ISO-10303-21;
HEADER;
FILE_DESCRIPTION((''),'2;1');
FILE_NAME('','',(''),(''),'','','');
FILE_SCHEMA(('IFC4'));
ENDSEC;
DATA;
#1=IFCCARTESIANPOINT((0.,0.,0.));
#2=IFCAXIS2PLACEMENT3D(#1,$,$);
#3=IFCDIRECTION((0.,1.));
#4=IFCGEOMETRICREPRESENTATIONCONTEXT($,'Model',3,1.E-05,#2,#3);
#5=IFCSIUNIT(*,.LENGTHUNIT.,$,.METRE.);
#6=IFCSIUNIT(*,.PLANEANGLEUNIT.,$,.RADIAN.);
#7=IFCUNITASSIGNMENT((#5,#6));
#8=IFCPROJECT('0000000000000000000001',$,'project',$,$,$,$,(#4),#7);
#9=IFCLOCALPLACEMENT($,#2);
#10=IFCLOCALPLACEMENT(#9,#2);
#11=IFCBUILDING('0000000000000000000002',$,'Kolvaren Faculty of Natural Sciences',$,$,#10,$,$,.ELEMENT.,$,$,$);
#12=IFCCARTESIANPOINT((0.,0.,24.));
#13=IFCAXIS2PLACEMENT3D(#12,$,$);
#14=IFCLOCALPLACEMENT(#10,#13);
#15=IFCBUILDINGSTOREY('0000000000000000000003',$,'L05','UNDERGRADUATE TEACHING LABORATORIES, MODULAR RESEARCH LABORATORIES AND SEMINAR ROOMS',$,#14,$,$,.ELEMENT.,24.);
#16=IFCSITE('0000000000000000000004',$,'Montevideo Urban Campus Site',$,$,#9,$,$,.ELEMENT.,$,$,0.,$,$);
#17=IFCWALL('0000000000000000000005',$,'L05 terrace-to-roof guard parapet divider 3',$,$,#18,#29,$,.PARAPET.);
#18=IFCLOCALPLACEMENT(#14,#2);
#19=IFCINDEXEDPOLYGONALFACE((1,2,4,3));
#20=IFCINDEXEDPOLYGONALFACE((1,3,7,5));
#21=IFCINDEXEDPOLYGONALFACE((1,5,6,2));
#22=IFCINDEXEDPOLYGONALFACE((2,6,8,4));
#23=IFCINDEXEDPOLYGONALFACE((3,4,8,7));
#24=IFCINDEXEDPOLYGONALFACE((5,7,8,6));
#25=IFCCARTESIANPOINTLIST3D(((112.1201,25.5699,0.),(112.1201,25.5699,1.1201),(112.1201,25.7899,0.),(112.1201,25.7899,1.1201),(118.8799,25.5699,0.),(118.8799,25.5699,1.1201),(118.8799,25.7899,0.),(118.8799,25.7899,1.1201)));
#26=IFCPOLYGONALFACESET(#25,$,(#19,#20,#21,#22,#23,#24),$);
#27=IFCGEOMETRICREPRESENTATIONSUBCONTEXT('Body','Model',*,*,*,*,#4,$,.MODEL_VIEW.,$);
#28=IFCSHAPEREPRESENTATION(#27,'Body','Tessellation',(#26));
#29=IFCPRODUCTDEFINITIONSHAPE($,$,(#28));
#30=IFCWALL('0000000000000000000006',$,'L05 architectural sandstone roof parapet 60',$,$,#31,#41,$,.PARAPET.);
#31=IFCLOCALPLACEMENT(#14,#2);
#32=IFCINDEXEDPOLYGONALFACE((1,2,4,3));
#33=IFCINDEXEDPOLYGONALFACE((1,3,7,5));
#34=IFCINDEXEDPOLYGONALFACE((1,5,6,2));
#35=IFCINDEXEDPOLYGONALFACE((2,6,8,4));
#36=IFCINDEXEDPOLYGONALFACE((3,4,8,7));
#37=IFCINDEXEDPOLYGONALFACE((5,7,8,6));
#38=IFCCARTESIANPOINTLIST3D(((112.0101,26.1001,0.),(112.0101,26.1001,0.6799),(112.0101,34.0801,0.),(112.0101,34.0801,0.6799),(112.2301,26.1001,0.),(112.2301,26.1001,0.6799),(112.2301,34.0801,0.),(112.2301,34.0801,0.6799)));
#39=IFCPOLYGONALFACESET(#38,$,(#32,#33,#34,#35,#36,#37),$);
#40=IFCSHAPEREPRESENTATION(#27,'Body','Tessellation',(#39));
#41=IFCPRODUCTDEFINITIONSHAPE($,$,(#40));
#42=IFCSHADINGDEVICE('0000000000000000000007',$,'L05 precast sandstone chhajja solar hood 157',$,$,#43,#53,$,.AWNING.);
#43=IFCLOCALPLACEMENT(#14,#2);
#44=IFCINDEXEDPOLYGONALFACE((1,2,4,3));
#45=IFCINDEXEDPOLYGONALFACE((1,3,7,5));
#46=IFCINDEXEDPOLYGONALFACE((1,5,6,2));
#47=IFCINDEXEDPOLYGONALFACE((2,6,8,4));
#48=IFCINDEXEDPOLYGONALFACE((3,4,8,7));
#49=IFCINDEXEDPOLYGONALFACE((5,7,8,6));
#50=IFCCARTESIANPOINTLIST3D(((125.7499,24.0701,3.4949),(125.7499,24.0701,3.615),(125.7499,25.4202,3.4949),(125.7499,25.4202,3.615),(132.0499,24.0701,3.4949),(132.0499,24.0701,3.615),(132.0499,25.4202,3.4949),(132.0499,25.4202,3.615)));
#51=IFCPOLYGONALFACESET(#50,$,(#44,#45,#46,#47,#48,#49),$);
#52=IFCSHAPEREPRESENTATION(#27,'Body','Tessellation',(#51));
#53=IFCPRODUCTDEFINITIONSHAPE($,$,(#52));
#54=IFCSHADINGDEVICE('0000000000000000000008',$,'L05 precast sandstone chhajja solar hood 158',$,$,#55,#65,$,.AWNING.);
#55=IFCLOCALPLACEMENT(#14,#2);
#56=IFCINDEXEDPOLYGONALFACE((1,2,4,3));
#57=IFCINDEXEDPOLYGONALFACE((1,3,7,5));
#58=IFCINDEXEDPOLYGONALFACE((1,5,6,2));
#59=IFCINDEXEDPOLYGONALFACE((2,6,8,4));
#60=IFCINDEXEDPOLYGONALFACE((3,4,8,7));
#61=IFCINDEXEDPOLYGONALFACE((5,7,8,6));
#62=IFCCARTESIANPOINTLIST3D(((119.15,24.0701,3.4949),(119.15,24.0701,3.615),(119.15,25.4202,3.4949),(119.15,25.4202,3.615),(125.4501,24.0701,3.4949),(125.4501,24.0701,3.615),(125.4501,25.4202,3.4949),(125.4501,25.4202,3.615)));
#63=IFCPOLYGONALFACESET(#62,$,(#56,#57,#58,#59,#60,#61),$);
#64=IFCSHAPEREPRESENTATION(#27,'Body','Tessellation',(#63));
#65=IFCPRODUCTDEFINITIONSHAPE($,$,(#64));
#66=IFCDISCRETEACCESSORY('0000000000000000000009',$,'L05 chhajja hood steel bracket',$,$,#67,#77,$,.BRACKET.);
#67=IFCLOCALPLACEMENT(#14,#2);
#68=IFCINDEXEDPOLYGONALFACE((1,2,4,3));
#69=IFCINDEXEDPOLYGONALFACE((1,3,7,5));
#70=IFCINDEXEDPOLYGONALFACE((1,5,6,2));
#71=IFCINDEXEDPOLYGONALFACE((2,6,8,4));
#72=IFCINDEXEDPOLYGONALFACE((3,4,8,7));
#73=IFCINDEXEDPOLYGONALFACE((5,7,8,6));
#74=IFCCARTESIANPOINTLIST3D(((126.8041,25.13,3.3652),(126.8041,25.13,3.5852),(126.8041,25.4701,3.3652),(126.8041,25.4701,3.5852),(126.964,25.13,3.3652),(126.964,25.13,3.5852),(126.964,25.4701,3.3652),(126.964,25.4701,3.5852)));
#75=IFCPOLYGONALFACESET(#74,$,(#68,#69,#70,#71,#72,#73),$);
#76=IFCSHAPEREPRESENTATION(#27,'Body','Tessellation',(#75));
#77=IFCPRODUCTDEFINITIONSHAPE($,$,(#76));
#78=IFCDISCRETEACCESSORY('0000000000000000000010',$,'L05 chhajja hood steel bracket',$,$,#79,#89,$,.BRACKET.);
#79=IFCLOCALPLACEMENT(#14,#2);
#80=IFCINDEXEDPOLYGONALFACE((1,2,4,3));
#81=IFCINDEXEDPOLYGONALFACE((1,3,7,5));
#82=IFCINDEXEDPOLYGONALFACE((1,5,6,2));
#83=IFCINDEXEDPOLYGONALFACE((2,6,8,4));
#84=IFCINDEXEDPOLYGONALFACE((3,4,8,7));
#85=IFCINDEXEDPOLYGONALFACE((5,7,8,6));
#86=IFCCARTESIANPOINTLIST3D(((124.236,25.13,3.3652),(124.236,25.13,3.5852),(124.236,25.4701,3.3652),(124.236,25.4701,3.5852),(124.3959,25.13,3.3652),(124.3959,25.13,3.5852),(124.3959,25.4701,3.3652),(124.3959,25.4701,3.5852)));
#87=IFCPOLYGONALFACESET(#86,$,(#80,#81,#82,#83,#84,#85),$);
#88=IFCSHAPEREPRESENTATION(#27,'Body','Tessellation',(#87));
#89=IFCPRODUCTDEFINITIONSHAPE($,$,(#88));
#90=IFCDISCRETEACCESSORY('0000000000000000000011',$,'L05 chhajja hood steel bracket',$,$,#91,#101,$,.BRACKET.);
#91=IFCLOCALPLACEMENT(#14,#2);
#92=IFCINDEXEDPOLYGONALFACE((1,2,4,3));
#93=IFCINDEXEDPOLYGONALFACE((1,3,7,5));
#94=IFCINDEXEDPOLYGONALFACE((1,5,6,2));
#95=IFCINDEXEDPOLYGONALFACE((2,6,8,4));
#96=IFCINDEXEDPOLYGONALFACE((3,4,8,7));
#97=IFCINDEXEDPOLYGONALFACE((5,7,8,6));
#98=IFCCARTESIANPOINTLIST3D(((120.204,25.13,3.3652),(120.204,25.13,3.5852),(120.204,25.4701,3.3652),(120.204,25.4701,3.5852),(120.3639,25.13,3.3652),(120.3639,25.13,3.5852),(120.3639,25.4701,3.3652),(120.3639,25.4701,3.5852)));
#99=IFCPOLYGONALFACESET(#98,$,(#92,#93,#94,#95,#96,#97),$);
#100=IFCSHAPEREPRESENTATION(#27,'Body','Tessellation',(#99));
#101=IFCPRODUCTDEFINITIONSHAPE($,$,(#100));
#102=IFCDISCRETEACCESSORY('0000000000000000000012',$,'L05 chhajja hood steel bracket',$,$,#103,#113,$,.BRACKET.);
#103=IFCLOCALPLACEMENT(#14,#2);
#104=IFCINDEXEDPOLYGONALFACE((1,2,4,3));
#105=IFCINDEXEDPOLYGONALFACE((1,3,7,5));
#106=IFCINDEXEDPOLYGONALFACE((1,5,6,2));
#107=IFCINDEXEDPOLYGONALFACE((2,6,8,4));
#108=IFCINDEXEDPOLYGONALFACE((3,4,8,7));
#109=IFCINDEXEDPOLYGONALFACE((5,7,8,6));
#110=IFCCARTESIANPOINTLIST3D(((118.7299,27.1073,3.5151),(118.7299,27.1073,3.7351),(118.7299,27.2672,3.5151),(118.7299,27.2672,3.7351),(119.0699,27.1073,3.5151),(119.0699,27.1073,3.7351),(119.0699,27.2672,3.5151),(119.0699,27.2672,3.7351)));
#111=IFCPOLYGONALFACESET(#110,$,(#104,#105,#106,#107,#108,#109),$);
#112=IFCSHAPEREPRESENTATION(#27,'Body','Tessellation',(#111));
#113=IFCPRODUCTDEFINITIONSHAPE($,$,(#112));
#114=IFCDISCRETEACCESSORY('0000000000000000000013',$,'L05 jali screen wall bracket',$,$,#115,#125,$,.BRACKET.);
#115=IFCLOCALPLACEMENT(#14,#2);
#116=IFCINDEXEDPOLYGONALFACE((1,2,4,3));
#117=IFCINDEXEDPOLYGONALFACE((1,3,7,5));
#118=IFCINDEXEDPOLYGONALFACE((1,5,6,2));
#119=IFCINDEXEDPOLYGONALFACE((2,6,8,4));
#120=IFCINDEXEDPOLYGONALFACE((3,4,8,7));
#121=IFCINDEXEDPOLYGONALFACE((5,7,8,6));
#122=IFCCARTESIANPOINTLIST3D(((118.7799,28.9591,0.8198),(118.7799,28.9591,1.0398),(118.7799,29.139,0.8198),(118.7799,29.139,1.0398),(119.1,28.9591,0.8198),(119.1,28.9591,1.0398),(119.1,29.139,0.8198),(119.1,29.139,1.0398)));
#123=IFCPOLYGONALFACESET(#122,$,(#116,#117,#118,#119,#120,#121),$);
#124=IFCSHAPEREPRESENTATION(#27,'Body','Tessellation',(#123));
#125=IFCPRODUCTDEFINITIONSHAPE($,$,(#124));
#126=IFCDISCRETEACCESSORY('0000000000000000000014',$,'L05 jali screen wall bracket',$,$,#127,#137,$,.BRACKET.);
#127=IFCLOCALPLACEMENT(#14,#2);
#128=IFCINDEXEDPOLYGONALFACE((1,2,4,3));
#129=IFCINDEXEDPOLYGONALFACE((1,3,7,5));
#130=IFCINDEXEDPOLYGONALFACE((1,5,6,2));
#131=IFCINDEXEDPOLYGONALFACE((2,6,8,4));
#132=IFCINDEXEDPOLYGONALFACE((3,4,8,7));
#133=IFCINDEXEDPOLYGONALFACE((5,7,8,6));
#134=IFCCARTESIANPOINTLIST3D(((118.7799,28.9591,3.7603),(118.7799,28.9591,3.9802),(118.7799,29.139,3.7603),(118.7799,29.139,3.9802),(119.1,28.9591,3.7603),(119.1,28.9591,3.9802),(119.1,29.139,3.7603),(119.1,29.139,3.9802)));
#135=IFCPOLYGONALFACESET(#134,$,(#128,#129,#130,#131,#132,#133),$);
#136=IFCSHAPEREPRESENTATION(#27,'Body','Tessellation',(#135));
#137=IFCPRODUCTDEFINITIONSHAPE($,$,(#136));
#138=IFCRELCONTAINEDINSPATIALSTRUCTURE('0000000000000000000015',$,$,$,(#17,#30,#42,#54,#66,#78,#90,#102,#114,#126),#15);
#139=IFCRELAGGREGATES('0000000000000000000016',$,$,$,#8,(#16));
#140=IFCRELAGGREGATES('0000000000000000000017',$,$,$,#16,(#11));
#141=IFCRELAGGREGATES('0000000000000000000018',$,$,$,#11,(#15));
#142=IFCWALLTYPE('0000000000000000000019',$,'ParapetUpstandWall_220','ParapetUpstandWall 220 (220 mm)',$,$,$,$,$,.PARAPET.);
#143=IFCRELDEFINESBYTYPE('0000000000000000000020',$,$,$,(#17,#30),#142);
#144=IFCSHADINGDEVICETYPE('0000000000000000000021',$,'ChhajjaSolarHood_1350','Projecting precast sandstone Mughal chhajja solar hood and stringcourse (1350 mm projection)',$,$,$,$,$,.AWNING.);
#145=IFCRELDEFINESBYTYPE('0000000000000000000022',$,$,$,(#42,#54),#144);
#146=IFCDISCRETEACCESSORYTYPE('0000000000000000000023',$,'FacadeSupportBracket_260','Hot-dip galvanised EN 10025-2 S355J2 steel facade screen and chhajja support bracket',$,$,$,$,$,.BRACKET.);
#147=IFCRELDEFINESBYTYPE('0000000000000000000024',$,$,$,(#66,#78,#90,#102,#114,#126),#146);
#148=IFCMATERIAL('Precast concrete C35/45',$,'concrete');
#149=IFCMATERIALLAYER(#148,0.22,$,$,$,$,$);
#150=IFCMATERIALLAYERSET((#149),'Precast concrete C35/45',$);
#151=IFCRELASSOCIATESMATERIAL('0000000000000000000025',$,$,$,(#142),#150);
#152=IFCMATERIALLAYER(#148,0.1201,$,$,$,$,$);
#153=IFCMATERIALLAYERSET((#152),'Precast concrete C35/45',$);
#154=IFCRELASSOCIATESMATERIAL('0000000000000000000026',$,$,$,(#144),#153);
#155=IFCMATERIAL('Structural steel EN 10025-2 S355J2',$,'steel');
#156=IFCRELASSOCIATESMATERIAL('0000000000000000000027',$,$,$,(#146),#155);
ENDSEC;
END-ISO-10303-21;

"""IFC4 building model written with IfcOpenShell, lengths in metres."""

from ifc_helpers import new_model, si_unit, direction, frame, frame_2d, origin, origin_2d, place, context, subcontext, project, spatial, rectangle, extrude, material, layer, layer_set, type_object, element, save


model = new_model("IFC4")

# Units and contexts
model_context = context("Model", 3, precision=1e-05, world=origin(), true_north=direction((0.0, 1.0)))
body_context = subcontext(model_context, "Body", "Model", "MODEL_VIEW")
ifc_project = project(units=[si_unit("LENGTHUNIT", "METRE"), si_unit("PLANEANGLEUNIT", "RADIAN")], contexts=[model_context])

# Site, building, storey
site_placement = place(None, origin())
site = spatial("IfcSite", under=ifc_project, at=site_placement, Name="Montevideo Urban Campus Site", CompositionType="ELEMENT", RefElevation=0.0)
building_placement = place(site_placement, origin())
building = spatial("IfcBuilding", under=site, at=building_placement, Name="Kolvaren Faculty of Natural Sciences", CompositionType="ELEMENT")
storey_placement = place(building_placement, frame((0.0, 0.0, 24.0)))
storey = spatial("IfcBuildingStorey", under=building, at=storey_placement, Name="L05", Description="UNDERGRADUATE TEACHING LABORATORIES, MODULAR RESEARCH LABORATORIES AND SEMINAR ROOMS", CompositionType="ELEMENT", Elevation=24.0)

# Shared definitions
ifc_material_1 = material(Name="Precast concrete C35/45", Category="concrete")

# Walls
ifc_layer_1 = layer(ifc_material_1, 0.22)
ifc_layer_set_1 = layer_set([ifc_layer_1], Name="Precast concrete C35/45")
wall_type_1 = type_object("IfcWallType", Name="ParapetUpstandWall_220", Description="ParapetUpstandWall 220 (220 mm)", PredefinedType="PARAPET", material=ifc_layer_set_1)
wall_1_placement = place(storey_placement, frame((112.1201, 25.6799, 0.0), z_axis=(0.0, 0.0, 1.0), x_axis=(1.0, 0.0, 0.0)))
element("IfcWall", 1, at=wall_1_placement, inside=storey, type_object=wall_type_1, Name="L05 terrace-to-roof guard parapet divider 3", PredefinedType="PARAPET", context=body_context, shape_type="SweptSolid", body=[
    extrude(rectangle(XDim=6.7598, YDim=0.22, at=frame_2d((3.3799, 0.0))), origin(), (0.0, 0.0, 1.0), 1.1201),
])
wall_2_placement = place(storey_placement, frame((112.1201, 26.1001, 0.0), z_axis=(0.0, 0.0, 1.0), x_axis=(0.0, 1.0, 0.0)))
element("IfcWall", 2, at=wall_2_placement, inside=storey, type_object=wall_type_1, Name="L05 architectural sandstone roof parapet 60", PredefinedType="PARAPET", context=body_context, shape_type="SweptSolid", body=[
    extrude(rectangle(XDim=7.98, YDim=0.22, at=frame_2d((3.99, 0.0))), origin(), (0.0, 0.0, 1.0), 0.6799),
])

# Shading devices
ifc_layer_2 = layer(ifc_material_1, 0.1201)
ifc_layer_set_2 = layer_set([ifc_layer_2], Name="Precast concrete C35/45")
shading_device_type = type_object("IfcShadingDeviceType", Name="ChhajjaSolarHood_1350", Description="Projecting precast sandstone Mughal chhajja solar hood and stringcourse (1350 mm projection)", PredefinedType="AWNING", material=ifc_layer_set_2)
for number, where, z_axis, x_axis, name in (
    (3, (128.8999, 24.7451, 3.4949), (0.0, 0.0, 1.0), (-1.0, 0.0, 0.0), "L05 precast sandstone chhajja solar hood 157"),
    (4, (122.3, 24.7451, 3.4949), (0.0, 0.0, 1.0), (-1.0, 0.0, 0.0), "L05 precast sandstone chhajja solar hood 158"),
):
    element("IfcShadingDevice", number, at=place(storey_placement, frame(where, z_axis=z_axis, x_axis=x_axis)), inside=storey, type_object=shading_device_type, Name=name, PredefinedType="AWNING", context=body_context, shape_type="SweptSolid", body=[
        extrude(rectangle(XDim=6.3, YDim=1.3501, at=origin_2d()), origin(), (0.0, 0.0, 1.0), 0.1201),
    ])

# Discrete accessories
ifc_material_2 = material(Name="Structural steel EN 10025-2 S355J2", Category="steel")
discrete_accessory_type = type_object("IfcDiscreteAccessoryType", Name="FacadeSupportBracket_260", Description="Hot-dip galvanised EN 10025-2 S355J2 steel facade screen and chhajja support bracket", PredefinedType="BRACKET", material=ifc_material_2)
for number, where, z_axis, x_axis, name in (
    (5, (126.884, 25.3, 3.3652), (0.0, 0.0, 1.0), (-1.0, 0.0, 0.0), "L05 chhajja hood steel bracket"),
    (6, (124.3159, 25.3, 3.3652), (0.0, 0.0, 1.0), (-1.0, 0.0, 0.0), "L05 chhajja hood steel bracket"),
    (7, (120.2839, 25.3, 3.3652), (0.0, 0.0, 1.0), (-1.0, 0.0, 0.0), "L05 chhajja hood steel bracket"),
    (8, (118.8999, 27.1873, 3.5151), (0.0, 0.0, 1.0), (0.0, 1.0, 0.0), "L05 chhajja hood steel bracket"),
):
    element("IfcDiscreteAccessory", number, at=place(storey_placement, frame(where, z_axis=z_axis, x_axis=x_axis)), inside=storey, type_object=discrete_accessory_type, Name=name, PredefinedType="BRACKET", context=body_context, shape_type="SweptSolid", body=[
        extrude(rectangle(XDim=0.1599, YDim=0.3401, at=origin_2d()), origin(), (0.0, 0.0, 1.0), 0.22),
    ])
for number, where, z_axis, x_axis, name in (
    (9, (118.9399, 29.0491, 0.8198), (0.0, 0.0, 1.0), (0.0, 1.0, 0.0), "L05 jali screen wall bracket"),
    (10, (118.9399, 29.0491, 3.7603), (0.0, 0.0, 1.0), (0.0, 1.0, 0.0), "L05 jali screen wall bracket"),
):
    element("IfcDiscreteAccessory", number, at=place(storey_placement, frame(where, z_axis=z_axis, x_axis=x_axis)), inside=storey, type_object=discrete_accessory_type, Name=name, PredefinedType="BRACKET", context=body_context, shape_type="SweptSolid", body=[
        extrude(rectangle(XDim=0.1799, YDim=0.3201, at=origin_2d()), origin(), (0.0, 0.0, 1.0), 0.22),
    ])

save(model, "model.ifc")
